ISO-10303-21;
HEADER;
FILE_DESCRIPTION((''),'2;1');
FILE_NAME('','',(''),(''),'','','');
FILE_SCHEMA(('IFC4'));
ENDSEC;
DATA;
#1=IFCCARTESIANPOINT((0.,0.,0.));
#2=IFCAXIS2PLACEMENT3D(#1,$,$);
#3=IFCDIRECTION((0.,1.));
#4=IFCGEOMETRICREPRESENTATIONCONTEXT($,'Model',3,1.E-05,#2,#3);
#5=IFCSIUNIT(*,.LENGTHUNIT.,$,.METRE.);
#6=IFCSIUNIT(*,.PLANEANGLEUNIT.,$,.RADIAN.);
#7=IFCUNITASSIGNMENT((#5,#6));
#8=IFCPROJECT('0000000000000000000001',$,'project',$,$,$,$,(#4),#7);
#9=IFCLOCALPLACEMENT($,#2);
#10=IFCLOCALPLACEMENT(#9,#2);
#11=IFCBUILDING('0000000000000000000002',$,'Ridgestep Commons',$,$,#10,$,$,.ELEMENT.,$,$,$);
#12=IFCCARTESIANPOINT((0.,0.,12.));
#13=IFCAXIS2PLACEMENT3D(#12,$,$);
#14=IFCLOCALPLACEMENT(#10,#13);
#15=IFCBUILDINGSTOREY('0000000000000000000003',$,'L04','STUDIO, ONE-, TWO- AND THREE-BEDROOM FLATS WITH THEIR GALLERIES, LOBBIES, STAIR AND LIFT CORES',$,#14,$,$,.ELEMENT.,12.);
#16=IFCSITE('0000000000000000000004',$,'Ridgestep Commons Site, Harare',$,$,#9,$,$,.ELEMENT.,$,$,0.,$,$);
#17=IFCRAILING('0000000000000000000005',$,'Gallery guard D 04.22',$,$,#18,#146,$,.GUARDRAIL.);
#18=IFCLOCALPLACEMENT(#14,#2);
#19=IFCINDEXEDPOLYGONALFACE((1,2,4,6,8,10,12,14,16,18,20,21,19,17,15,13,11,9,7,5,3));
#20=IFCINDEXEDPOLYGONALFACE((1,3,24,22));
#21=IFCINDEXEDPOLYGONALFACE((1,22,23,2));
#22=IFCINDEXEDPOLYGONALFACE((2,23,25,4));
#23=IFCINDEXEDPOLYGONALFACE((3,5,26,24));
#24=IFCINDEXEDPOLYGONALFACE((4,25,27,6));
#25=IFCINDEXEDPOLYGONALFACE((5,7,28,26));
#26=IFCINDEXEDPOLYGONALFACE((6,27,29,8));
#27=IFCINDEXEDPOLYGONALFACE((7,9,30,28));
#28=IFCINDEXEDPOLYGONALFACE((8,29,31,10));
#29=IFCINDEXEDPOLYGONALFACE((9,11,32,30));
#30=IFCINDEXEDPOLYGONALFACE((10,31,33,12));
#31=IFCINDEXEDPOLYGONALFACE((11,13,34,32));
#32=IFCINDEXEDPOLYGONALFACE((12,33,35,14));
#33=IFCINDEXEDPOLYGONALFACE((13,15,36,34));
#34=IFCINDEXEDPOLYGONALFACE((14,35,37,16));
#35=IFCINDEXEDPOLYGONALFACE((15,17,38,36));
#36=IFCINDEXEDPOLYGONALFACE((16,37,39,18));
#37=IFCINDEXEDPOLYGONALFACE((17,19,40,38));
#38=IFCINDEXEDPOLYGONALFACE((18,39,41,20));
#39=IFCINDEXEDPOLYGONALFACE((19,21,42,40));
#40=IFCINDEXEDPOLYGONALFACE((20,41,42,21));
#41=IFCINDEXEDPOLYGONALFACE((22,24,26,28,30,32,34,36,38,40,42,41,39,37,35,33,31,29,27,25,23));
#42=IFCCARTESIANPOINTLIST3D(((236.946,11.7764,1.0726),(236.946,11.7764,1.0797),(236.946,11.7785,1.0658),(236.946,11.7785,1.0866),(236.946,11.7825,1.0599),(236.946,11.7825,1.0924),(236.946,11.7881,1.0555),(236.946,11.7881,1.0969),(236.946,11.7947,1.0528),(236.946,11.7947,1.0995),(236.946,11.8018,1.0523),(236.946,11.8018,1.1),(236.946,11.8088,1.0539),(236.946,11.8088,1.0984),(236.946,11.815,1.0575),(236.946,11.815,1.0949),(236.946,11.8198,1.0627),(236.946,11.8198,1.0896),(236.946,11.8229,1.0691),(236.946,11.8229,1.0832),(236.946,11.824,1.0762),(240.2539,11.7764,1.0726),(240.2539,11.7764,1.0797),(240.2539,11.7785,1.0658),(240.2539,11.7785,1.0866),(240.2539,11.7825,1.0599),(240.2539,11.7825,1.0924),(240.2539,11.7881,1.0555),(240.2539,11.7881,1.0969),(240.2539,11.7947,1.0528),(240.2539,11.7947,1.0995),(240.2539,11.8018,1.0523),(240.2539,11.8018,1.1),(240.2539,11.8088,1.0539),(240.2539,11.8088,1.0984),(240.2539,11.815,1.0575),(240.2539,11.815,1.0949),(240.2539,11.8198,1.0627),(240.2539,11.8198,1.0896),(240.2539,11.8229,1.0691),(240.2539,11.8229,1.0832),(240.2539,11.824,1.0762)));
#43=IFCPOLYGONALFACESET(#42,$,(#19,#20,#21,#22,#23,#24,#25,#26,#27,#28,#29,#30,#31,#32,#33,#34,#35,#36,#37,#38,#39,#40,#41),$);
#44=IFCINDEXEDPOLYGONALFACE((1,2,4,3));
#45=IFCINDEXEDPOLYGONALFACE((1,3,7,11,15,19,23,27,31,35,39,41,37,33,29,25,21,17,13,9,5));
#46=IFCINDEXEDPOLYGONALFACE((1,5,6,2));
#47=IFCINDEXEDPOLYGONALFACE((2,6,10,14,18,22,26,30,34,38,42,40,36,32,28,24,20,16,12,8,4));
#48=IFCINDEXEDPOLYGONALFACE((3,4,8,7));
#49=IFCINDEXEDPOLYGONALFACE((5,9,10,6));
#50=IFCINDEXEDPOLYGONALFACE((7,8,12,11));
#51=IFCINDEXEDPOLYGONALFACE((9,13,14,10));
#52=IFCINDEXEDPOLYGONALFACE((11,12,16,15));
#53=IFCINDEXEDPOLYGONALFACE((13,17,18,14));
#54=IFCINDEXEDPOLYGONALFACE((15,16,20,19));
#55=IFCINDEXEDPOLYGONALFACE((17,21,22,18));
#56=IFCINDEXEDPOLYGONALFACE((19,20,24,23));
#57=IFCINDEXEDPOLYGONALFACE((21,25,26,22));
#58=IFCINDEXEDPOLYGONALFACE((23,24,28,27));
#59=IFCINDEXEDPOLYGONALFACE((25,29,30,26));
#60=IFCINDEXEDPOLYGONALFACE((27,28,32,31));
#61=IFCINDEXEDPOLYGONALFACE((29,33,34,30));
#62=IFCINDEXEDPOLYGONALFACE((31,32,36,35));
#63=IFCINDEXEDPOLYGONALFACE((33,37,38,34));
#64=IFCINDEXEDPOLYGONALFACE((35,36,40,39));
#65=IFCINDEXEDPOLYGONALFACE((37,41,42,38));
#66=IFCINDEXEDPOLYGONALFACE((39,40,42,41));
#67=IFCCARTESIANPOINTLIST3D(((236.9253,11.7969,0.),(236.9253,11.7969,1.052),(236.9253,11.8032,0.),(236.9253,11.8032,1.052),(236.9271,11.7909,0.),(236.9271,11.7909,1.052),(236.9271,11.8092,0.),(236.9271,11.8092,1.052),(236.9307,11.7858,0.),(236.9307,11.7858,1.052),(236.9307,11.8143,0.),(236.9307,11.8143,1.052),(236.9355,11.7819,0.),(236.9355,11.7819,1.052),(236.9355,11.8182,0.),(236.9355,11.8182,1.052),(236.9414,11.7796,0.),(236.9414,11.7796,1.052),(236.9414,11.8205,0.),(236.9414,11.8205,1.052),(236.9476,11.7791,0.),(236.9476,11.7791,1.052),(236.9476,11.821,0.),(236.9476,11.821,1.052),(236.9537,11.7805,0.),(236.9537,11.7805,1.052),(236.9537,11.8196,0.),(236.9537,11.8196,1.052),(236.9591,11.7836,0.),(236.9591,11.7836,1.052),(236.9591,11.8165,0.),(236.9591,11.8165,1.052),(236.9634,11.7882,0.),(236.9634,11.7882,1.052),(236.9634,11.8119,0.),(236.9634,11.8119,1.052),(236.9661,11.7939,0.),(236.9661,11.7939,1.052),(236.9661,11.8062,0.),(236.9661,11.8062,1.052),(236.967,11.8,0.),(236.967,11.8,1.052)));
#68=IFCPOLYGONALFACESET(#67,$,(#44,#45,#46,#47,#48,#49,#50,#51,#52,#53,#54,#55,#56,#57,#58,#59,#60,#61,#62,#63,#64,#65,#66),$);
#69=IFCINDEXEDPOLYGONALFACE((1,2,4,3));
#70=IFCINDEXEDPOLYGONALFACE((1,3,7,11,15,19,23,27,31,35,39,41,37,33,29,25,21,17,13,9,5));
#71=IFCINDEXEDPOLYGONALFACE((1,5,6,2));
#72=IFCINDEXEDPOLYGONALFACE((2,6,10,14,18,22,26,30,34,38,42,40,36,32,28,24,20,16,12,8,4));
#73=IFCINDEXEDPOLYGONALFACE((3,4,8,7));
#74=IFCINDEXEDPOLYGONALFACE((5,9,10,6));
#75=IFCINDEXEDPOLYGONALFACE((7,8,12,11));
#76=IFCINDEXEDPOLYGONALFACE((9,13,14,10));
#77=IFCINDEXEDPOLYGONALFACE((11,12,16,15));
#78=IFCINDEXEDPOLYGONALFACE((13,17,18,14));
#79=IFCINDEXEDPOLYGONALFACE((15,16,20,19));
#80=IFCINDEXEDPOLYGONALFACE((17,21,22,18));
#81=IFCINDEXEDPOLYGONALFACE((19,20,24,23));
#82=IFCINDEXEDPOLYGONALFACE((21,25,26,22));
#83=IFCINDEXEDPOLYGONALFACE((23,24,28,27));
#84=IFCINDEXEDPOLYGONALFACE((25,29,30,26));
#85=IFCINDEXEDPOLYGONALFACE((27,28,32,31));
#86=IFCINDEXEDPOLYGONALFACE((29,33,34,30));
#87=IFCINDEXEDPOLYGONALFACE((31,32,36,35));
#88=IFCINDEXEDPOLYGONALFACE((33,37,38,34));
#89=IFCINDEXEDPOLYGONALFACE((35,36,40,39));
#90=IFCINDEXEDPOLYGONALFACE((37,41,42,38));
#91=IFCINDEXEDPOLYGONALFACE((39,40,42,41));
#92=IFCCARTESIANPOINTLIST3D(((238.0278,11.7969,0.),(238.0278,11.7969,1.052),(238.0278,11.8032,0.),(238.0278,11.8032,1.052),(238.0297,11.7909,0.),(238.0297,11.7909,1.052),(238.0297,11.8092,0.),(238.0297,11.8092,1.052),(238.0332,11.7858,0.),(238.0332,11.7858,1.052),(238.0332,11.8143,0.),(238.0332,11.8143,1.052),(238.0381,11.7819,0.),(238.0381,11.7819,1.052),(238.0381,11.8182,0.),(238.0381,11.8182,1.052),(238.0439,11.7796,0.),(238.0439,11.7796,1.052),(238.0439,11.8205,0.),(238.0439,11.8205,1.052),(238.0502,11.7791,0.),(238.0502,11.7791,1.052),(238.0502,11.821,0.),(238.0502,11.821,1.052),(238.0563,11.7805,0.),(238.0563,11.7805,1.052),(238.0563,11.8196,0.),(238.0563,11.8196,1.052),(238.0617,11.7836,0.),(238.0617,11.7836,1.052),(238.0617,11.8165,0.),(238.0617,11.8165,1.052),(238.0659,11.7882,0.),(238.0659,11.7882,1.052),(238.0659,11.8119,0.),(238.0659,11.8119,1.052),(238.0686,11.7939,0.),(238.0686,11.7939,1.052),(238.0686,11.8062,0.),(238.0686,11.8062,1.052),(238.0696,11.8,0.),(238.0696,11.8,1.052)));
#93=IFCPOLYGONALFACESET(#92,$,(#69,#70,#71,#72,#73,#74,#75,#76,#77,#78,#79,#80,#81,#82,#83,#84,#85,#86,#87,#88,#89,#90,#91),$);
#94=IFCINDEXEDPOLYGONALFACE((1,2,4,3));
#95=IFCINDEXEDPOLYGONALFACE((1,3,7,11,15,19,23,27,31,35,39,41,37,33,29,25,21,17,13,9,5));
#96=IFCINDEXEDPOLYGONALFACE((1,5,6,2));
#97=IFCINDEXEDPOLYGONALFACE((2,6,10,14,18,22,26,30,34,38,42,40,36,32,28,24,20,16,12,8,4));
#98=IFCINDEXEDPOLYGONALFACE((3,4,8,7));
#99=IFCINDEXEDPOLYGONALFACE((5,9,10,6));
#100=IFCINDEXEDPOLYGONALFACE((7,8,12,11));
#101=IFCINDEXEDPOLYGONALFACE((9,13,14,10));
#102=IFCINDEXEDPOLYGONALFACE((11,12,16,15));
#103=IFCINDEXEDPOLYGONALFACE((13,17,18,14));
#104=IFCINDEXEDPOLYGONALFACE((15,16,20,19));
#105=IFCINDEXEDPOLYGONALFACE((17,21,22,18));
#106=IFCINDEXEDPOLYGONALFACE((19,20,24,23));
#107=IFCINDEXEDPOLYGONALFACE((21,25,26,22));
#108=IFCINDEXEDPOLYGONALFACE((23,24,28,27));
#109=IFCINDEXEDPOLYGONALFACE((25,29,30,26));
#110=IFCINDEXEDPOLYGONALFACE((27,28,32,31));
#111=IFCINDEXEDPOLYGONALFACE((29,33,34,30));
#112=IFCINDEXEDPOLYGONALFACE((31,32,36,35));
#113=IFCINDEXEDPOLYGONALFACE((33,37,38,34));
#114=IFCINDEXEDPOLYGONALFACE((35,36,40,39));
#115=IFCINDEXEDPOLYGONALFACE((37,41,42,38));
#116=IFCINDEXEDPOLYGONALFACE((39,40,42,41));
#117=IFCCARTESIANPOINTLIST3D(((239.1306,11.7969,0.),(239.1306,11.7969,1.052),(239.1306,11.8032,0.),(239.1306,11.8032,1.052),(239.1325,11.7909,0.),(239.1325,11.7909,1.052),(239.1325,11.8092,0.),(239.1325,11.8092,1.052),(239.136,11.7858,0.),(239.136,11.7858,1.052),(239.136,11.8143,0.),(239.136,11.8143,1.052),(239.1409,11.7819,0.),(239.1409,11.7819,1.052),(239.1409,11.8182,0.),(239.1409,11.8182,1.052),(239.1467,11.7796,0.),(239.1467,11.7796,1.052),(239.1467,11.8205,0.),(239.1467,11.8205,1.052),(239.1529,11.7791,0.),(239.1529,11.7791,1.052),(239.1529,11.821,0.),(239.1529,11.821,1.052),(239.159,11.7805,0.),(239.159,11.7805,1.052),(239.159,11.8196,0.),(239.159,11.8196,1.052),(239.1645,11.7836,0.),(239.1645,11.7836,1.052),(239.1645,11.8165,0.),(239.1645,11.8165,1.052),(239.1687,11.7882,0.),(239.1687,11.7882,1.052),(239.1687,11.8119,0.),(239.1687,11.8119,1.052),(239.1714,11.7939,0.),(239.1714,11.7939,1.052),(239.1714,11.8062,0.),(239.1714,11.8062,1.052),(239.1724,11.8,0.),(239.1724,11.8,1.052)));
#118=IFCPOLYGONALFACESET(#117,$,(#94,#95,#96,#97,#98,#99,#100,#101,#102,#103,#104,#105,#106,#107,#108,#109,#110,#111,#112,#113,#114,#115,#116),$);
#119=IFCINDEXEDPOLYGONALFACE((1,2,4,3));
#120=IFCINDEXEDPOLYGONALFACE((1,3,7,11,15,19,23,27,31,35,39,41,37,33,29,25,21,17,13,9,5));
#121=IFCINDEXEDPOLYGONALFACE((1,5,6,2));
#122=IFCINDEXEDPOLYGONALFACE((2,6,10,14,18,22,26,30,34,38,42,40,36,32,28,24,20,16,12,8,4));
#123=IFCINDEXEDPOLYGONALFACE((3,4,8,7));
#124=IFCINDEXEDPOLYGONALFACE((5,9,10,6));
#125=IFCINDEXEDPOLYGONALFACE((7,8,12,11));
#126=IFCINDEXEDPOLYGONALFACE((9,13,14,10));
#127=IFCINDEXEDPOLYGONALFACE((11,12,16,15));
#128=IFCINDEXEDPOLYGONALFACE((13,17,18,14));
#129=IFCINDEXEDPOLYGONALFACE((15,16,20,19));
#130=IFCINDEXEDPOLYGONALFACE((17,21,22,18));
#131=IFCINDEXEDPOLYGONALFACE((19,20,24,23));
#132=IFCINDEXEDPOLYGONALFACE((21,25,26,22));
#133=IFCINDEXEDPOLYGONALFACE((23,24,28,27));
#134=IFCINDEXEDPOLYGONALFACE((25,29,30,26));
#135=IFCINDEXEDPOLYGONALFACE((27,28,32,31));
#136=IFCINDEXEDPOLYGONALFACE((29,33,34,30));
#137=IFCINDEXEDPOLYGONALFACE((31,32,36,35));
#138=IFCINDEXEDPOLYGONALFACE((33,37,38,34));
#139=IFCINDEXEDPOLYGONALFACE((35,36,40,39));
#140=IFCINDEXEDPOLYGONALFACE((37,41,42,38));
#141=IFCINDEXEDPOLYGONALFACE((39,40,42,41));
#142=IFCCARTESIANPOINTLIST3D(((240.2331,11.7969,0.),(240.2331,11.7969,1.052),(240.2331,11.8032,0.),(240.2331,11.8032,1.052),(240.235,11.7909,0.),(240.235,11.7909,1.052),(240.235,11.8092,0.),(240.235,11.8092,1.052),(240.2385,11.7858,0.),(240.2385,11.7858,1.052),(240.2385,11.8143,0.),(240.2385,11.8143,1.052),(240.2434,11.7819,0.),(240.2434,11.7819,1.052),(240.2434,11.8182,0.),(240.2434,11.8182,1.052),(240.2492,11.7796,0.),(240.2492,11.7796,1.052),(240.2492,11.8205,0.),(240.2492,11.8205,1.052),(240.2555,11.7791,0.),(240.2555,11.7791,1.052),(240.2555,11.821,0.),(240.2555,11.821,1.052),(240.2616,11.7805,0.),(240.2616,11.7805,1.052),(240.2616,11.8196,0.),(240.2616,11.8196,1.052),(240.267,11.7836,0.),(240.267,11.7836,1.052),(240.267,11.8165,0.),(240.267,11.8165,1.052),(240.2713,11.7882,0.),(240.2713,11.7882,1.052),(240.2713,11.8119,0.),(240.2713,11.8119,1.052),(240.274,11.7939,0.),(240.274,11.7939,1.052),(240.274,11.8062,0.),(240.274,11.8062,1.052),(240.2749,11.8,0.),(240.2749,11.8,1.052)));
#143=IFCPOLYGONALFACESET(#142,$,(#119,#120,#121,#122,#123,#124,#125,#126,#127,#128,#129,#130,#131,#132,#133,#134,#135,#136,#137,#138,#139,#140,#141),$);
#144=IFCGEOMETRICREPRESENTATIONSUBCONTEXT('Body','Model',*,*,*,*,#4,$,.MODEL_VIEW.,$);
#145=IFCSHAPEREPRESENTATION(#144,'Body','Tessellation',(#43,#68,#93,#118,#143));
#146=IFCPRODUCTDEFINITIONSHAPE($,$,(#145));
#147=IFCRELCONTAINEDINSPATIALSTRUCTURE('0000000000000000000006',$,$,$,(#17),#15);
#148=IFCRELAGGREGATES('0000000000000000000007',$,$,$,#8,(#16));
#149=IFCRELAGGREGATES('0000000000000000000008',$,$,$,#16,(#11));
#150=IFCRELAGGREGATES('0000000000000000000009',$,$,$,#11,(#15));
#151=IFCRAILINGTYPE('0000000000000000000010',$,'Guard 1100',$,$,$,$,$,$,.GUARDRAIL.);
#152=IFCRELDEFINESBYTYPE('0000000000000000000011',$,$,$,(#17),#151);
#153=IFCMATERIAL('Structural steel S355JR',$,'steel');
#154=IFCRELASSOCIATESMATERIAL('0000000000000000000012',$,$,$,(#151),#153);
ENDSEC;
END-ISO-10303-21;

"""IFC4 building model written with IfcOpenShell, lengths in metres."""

from ifc_helpers import new_model, si_unit, direction, frame, origin, origin_2d, place, context, subcontext, project, spatial, circle, extrude, material, type_object, element, save


model = new_model("IFC4")

# Units and contexts
model_context = context("Model", 3, precision=1e-05, world=origin(), true_north=direction((0.0, 1.0)))
body_context = subcontext(model_context, "Body", "Model", "MODEL_VIEW")
ifc_project = project(units=[si_unit("LENGTHUNIT", "METRE"), si_unit("PLANEANGLEUNIT", "RADIAN")], contexts=[model_context])

# Site, building, storey
site_placement = place(None, origin())
site = spatial("IfcSite", under=ifc_project, at=site_placement, Name="Ridgestep Commons Site, Harare", CompositionType="ELEMENT", RefElevation=0.0)
building_placement = place(site_placement, origin())
building = spatial("IfcBuilding", under=site, at=building_placement, Name="Ridgestep Commons", CompositionType="ELEMENT")
storey_placement = place(building_placement, frame((0.0, 0.0, 12.0)))
storey = spatial("IfcBuildingStorey", under=building, at=storey_placement, Name="L04", Description="STUDIO, ONE-, TWO- AND THREE-BEDROOM FLATS WITH THEIR GALLERIES, LOBBIES, STAIR AND LIFT CORES", CompositionType="ELEMENT", Elevation=12.0)

# Railing
ifc_material_1 = material(Name="Structural steel S355JR", Category="steel")
railing_type_1 = type_object("IfcRailingType", Name="Guard 1100", PredefinedType="GUARDRAIL", material=ifc_material_1)
railing_1_placement = place(storey_placement, frame((236.946, 11.8, 0.0)))
element("IfcRailing", 1, at=railing_1_placement, inside=storey, type_object=railing_type_1, Name="Gallery guard D 04.22", PredefinedType="GUARDRAIL", context=body_context, shape_type="SweptSolid", body=[
    extrude(circle(Radius=0.0239, at=origin_2d()), frame((0.0, 0.0, 1.0762), z_axis=(1.0, 0.0, 0.0), x_axis=(0.0, 1.0, 0.0)), (0.0, 0.0, 1.0), 3.3079),
    extrude(circle(Radius=0.021, at=origin_2d()), origin(), (0.0, 0.0, 1.0), 1.052),
    extrude(circle(Radius=0.021, at=origin_2d()), frame((1.1025, 0.0, 0.0)), (0.0, 0.0, 1.0), 1.052),
    extrude(circle(Radius=0.021, at=origin_2d()), frame((2.2053, 0.0, 0.0)), (0.0, 0.0, 1.0), 1.052),
    extrude(circle(Radius=0.021, at=origin_2d()), frame((3.3079, 0.0, 0.0)), (0.0, 0.0, 1.0), 1.052),
])

save(model, "model.ifc")
